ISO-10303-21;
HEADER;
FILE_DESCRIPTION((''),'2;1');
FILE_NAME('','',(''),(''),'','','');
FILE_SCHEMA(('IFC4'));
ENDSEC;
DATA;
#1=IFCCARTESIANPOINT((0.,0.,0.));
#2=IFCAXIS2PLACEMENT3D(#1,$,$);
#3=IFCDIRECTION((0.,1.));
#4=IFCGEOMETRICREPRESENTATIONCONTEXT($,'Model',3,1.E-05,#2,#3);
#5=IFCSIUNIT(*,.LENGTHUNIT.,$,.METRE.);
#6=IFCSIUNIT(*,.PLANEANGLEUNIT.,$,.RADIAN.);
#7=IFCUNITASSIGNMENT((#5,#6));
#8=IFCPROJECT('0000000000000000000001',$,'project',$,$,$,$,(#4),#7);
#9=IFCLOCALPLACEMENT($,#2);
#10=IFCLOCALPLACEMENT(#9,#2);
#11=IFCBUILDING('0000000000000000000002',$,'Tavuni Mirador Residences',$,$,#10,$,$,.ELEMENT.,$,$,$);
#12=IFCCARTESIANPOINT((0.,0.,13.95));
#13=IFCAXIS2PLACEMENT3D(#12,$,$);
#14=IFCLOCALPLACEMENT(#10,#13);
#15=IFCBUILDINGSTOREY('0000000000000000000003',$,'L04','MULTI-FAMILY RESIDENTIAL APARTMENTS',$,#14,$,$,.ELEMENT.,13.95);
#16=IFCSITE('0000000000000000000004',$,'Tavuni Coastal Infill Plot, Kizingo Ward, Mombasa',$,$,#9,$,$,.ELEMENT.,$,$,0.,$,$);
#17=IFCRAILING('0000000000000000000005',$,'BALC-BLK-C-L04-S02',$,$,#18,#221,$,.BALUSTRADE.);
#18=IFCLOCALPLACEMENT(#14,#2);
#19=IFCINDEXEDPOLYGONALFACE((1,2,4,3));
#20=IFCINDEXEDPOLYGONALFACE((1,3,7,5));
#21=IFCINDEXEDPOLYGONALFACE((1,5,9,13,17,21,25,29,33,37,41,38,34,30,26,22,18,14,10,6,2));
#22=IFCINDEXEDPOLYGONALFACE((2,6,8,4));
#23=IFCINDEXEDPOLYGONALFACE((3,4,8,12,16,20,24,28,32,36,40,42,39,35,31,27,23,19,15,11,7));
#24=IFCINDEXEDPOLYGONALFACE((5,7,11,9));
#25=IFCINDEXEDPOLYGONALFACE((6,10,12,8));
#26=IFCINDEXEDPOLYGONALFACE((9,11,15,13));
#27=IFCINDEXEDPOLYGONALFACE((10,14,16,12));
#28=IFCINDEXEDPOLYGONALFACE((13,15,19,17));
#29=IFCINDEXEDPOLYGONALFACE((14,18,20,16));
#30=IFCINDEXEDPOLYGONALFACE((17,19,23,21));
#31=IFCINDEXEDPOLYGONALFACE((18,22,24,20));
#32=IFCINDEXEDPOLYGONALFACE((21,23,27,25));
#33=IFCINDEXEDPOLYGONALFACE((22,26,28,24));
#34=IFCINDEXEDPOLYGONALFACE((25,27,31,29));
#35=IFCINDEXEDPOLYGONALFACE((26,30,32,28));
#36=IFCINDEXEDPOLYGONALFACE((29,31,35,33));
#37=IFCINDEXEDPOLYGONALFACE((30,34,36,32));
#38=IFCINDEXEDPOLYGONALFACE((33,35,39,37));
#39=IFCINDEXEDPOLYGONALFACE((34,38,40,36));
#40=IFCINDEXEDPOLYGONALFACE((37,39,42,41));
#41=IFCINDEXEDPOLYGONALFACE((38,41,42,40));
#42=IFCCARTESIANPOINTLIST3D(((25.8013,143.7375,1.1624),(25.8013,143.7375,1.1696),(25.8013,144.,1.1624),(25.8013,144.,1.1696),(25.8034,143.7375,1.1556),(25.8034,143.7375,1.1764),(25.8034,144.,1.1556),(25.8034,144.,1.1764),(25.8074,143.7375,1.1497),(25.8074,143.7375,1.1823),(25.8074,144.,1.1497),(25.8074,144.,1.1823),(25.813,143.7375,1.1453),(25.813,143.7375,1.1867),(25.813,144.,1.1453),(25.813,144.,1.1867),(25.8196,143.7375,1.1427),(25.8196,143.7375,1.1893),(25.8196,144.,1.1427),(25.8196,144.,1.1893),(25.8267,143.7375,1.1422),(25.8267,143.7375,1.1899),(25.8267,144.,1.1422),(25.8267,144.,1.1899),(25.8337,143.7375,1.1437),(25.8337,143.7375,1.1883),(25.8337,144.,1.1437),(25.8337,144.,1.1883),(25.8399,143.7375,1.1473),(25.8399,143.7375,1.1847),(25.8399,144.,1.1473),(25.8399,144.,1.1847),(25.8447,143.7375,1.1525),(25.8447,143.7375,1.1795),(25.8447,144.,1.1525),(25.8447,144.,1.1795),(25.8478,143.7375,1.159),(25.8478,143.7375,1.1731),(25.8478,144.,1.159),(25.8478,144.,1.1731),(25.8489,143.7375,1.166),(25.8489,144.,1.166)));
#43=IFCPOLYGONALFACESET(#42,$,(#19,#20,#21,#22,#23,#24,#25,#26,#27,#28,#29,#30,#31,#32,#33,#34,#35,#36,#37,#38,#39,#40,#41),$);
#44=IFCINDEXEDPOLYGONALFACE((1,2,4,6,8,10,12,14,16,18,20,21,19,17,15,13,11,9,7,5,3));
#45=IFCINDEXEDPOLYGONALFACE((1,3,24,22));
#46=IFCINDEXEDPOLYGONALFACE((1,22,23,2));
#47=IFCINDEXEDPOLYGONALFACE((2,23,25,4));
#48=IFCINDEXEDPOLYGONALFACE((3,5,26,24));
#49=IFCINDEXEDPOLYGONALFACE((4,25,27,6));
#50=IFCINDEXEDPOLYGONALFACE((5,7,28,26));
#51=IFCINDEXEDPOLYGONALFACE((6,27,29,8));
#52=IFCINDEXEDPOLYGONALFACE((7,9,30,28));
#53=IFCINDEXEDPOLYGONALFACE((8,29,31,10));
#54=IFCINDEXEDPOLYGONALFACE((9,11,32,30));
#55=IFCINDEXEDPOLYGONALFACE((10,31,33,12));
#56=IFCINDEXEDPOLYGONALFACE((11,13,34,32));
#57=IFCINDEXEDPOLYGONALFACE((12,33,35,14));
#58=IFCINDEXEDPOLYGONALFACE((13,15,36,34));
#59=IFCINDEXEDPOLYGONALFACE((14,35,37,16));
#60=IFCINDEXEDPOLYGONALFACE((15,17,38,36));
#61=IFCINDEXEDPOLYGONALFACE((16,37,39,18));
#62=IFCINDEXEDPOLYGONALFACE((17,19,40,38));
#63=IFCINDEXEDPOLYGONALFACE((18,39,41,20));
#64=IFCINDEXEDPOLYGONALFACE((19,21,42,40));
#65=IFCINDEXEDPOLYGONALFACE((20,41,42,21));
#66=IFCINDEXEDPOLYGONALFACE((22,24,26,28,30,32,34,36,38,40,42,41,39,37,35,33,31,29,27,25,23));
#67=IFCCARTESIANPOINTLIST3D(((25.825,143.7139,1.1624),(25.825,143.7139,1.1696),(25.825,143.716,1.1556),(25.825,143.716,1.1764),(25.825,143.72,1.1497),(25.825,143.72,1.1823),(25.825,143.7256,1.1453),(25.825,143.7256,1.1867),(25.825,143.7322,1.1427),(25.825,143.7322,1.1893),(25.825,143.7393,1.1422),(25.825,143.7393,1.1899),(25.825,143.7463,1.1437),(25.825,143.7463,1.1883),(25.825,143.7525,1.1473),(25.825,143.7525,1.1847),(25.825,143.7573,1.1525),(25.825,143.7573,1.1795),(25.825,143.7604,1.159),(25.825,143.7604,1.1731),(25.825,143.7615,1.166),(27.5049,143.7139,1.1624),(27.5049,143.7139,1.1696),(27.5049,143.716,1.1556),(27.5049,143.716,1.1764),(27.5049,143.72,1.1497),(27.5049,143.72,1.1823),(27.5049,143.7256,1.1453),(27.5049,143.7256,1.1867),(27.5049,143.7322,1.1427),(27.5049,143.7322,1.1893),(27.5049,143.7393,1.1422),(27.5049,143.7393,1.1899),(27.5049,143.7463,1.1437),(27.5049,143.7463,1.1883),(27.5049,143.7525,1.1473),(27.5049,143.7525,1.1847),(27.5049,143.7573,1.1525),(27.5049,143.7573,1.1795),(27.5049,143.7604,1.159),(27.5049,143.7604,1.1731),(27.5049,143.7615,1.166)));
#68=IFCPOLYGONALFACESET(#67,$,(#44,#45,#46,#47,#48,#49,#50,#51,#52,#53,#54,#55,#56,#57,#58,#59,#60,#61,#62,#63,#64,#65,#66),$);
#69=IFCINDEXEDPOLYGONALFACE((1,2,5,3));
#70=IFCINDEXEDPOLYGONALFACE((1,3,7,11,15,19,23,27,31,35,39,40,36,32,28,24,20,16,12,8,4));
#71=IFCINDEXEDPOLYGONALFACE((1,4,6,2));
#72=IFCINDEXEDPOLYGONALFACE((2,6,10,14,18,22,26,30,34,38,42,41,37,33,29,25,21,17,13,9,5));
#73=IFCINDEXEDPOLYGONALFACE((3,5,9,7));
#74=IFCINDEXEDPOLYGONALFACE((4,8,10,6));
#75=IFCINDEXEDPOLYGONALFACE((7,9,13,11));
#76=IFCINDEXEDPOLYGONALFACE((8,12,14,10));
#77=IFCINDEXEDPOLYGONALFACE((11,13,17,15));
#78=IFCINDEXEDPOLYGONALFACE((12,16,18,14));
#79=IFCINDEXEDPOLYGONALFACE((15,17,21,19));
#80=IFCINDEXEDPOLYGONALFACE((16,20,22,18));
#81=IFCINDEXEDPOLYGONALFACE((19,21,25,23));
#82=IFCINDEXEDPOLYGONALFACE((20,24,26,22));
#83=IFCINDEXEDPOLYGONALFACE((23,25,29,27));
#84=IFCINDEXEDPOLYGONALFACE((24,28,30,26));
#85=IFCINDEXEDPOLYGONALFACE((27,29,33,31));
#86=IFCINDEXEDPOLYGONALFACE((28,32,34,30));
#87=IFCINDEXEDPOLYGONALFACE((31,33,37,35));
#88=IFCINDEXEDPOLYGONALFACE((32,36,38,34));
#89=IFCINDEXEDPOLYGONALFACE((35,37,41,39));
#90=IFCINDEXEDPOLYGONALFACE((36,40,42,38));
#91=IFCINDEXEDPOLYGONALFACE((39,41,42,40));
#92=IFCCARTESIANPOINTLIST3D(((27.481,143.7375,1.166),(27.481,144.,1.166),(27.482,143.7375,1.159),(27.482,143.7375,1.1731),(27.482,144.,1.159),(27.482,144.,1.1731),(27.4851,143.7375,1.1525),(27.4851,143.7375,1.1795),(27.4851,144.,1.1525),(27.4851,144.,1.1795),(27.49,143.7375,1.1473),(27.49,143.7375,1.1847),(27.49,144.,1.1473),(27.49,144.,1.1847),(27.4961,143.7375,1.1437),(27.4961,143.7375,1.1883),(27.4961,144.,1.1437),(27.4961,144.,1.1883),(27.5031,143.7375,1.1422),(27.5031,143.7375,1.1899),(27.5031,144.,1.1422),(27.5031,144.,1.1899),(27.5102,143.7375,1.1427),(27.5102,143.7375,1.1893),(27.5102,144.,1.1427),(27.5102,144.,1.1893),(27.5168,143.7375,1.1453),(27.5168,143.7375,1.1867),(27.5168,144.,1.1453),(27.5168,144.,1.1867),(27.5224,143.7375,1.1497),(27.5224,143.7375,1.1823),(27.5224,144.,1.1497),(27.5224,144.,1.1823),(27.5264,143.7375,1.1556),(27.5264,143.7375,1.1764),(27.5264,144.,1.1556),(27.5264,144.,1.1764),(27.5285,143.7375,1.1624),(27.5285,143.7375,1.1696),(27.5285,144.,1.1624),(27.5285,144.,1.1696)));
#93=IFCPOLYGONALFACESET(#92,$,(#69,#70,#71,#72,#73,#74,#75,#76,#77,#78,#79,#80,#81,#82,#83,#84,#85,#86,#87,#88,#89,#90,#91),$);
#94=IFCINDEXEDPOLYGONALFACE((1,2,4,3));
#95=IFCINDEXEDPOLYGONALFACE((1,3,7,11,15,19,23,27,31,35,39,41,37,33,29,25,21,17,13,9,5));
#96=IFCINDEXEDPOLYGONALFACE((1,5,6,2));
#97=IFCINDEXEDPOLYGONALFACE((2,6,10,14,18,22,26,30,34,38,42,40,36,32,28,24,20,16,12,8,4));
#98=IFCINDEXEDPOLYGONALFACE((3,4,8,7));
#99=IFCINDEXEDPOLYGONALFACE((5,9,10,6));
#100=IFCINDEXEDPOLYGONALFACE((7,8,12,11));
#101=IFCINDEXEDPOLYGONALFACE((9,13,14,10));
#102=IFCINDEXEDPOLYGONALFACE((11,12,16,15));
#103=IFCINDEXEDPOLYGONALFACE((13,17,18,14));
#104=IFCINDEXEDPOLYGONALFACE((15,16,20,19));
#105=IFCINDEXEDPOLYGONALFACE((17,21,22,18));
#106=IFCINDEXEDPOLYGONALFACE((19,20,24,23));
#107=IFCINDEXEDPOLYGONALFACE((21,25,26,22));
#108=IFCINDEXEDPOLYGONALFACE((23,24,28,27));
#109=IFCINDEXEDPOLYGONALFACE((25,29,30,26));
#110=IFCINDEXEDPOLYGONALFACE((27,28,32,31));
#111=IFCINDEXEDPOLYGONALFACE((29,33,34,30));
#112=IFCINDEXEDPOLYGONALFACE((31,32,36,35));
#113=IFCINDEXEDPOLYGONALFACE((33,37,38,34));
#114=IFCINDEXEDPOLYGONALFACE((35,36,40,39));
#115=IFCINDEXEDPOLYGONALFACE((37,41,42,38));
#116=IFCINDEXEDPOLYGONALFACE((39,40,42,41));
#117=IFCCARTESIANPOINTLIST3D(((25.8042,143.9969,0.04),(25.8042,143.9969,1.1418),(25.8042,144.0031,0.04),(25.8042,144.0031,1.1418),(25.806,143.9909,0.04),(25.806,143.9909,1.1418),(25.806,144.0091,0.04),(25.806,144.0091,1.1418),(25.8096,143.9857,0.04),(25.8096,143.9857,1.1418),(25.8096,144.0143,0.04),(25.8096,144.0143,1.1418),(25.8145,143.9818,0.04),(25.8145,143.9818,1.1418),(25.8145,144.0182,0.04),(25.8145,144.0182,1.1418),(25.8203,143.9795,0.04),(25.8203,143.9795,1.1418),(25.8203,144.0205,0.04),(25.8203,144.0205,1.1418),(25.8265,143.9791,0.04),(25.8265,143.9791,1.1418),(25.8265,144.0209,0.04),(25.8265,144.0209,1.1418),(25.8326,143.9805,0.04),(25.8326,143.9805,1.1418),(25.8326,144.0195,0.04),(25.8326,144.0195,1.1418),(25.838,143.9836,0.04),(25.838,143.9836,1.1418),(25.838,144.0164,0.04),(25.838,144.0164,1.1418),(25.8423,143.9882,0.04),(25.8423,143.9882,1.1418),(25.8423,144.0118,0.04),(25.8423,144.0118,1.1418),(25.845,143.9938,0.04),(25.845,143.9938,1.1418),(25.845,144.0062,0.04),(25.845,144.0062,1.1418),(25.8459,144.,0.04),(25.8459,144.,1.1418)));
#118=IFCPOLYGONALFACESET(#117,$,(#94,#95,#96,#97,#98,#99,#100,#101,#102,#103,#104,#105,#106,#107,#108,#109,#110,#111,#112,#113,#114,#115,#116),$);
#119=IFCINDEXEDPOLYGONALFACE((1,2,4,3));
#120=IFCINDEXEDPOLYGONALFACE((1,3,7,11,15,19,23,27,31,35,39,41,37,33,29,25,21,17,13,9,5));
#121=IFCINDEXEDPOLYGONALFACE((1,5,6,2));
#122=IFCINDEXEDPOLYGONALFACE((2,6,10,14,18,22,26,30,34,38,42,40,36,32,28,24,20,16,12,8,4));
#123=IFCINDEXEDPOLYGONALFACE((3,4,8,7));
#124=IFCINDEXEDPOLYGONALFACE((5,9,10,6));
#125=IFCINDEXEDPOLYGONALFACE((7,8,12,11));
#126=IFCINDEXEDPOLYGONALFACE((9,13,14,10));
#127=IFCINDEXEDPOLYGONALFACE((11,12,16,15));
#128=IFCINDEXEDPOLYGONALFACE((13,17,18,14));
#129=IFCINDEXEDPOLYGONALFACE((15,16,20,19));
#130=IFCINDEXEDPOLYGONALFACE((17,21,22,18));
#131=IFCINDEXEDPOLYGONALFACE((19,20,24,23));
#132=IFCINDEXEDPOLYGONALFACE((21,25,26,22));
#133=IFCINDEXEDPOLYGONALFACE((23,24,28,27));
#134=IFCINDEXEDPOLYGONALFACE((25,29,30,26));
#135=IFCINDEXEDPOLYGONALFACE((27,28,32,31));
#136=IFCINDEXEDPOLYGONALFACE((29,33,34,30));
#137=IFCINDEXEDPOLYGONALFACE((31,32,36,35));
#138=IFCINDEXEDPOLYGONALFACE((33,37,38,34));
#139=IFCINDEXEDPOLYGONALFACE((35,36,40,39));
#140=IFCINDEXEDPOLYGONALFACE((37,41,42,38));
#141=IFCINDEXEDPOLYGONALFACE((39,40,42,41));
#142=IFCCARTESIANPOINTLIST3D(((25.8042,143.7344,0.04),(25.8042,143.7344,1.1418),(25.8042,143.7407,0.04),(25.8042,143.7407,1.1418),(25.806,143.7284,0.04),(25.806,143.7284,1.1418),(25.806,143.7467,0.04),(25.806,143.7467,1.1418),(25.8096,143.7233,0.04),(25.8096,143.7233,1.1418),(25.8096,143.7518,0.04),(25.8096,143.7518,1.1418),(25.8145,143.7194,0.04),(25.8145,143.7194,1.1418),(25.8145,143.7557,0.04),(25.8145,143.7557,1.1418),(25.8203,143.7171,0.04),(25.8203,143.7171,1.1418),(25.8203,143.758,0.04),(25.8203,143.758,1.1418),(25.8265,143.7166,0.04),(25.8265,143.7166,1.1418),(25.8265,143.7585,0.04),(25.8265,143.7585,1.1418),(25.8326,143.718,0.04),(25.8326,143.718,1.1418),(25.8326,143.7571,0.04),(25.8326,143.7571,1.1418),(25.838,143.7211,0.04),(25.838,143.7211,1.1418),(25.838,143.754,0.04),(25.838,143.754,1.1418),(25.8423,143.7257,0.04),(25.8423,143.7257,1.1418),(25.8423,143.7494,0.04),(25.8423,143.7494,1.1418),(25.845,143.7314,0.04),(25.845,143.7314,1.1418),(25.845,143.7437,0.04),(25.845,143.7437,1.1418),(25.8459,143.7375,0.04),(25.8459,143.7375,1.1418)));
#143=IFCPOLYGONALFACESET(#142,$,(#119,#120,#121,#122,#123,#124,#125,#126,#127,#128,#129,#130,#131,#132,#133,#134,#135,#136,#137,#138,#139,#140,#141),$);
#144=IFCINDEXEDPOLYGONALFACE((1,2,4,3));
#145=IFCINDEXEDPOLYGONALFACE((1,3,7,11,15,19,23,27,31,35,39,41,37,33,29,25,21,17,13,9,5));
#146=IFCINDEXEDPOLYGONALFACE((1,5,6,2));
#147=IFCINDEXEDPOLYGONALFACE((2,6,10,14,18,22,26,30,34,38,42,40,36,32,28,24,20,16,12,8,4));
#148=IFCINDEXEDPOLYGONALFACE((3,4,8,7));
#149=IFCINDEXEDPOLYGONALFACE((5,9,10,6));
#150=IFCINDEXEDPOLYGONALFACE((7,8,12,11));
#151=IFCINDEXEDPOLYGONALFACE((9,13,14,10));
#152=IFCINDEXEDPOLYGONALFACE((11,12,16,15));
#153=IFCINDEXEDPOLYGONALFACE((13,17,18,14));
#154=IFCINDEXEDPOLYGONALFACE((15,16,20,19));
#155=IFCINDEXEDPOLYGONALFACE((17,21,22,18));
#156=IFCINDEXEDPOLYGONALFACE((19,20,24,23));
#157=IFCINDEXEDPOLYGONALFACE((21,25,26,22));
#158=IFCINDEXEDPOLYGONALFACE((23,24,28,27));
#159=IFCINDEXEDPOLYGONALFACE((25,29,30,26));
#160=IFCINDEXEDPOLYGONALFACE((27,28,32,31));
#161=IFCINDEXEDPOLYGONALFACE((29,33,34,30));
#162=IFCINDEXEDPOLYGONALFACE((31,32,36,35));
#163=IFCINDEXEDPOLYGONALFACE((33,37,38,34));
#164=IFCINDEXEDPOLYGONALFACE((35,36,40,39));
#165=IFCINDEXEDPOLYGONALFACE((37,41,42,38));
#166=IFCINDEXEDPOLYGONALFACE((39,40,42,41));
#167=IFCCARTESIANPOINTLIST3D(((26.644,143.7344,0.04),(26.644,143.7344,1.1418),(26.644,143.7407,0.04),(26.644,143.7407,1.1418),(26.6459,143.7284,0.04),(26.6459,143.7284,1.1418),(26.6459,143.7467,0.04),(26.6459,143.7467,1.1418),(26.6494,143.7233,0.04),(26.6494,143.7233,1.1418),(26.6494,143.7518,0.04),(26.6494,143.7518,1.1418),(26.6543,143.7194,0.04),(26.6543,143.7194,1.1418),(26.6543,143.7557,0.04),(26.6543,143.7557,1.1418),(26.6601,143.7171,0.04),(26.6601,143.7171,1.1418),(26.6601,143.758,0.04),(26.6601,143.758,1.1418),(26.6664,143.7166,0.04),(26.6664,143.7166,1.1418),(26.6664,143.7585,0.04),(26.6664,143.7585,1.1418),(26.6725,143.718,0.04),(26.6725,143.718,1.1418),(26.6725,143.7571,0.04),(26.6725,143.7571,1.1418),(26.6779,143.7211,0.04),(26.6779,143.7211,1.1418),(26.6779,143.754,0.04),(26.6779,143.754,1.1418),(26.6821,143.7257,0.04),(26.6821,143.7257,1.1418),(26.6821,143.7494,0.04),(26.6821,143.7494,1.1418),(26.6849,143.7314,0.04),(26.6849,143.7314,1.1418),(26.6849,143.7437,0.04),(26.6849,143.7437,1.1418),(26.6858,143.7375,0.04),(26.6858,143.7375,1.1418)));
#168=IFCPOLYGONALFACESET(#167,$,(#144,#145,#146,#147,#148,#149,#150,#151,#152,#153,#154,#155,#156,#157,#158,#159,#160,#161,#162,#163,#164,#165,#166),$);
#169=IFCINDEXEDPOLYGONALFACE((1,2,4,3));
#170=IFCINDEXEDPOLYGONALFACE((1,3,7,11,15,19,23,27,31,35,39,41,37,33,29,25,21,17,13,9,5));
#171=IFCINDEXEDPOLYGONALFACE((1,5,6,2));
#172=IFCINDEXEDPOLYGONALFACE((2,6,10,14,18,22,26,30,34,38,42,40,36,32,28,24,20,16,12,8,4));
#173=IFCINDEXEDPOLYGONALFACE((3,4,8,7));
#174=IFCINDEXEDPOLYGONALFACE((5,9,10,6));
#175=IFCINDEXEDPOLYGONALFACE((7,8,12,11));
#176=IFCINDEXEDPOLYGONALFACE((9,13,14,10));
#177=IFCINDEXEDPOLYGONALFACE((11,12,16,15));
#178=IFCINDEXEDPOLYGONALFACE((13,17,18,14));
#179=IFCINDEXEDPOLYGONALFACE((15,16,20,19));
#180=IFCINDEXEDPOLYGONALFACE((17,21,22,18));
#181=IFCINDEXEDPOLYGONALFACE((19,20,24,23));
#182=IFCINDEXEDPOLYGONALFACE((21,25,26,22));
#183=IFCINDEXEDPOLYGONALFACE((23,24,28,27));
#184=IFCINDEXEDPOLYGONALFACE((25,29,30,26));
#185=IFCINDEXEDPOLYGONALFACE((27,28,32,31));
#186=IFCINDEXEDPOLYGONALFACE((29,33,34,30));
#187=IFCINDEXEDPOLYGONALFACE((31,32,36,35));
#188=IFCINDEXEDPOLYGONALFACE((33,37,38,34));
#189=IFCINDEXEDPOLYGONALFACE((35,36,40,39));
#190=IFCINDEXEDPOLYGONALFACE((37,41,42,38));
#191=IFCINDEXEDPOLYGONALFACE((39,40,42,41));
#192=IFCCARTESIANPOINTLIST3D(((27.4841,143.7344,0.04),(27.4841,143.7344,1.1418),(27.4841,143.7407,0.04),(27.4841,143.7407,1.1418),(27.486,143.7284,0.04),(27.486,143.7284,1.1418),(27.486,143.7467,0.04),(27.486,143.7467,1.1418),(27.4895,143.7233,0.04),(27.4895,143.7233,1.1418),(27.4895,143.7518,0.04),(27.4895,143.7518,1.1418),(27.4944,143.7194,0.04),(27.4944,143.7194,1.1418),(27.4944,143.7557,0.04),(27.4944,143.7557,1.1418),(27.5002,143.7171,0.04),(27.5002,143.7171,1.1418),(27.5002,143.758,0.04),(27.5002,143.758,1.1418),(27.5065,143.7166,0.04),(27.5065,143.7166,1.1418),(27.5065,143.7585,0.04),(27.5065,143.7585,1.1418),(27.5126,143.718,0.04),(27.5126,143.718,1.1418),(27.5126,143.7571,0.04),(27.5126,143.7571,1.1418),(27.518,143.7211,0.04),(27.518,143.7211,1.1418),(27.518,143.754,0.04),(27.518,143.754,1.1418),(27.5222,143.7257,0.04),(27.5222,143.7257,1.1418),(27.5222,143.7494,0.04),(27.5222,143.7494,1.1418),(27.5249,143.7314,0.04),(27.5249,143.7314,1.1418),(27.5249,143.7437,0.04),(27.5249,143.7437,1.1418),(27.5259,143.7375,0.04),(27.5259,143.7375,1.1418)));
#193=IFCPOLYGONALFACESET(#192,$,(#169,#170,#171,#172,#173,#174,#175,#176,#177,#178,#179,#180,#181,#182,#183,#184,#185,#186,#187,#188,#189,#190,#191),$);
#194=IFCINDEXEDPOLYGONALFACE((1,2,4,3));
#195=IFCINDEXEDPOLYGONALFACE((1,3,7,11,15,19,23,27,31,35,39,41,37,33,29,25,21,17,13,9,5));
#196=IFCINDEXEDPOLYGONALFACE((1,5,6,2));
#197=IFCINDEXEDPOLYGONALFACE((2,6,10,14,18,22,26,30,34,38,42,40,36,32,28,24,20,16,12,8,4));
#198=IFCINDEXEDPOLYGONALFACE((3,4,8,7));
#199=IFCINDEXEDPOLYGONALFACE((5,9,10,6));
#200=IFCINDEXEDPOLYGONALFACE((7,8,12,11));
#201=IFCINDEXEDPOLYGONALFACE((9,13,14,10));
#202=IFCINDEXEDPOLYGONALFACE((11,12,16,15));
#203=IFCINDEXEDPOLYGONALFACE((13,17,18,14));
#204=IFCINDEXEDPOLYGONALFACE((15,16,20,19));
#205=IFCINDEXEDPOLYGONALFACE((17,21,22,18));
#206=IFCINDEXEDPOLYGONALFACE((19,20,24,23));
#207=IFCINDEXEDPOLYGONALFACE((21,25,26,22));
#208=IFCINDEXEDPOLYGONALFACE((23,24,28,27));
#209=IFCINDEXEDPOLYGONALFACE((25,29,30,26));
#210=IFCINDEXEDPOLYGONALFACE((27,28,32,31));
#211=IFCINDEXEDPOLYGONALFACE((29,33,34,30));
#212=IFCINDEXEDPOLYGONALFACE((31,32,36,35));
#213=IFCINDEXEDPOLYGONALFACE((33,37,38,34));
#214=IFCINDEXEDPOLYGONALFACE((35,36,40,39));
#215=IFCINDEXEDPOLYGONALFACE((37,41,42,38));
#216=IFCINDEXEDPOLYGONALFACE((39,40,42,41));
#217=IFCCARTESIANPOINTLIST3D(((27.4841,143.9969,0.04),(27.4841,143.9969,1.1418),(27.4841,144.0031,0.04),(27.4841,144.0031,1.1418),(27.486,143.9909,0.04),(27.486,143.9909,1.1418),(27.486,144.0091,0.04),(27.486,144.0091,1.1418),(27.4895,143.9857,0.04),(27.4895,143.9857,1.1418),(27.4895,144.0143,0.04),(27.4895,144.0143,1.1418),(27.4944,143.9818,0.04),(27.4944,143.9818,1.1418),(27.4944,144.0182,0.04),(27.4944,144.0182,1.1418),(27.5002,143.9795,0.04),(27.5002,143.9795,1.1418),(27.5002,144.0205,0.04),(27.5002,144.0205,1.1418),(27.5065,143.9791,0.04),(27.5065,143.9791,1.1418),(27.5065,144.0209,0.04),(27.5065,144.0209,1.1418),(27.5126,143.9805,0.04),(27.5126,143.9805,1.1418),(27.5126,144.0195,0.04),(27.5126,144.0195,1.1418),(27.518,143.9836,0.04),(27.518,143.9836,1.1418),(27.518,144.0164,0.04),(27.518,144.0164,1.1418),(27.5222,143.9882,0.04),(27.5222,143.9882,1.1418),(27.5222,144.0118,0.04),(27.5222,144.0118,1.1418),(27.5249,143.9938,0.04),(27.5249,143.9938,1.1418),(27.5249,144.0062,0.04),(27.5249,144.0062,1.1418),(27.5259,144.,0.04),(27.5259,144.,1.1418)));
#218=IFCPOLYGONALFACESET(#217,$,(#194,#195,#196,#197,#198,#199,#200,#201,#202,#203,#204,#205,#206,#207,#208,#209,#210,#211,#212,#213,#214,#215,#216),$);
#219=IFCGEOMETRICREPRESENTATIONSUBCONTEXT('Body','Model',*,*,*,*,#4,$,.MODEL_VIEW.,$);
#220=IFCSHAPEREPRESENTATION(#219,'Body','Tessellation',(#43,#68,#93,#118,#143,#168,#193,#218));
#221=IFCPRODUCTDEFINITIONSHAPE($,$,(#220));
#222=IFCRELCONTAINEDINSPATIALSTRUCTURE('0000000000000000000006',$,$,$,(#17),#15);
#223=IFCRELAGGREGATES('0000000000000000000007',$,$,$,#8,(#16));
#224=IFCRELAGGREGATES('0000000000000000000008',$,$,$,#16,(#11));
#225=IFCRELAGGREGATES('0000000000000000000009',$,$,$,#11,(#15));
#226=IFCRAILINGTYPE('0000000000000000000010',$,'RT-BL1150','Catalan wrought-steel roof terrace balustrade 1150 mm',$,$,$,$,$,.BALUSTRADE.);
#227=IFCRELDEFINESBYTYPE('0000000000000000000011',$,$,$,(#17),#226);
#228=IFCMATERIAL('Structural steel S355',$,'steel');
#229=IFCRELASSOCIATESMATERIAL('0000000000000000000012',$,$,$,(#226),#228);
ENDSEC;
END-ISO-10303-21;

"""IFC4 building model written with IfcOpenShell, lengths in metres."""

from ifc_helpers import new_model, si_unit, direction, frame, origin, origin_2d, place, context, subcontext, project, spatial, circle, extrude, material, type_object, element, save


model = new_model("IFC4")

# Units and contexts
model_context = context("Model", 3, precision=1e-05, world=origin(), true_north=direction((0.0, 1.0)))
body_context = subcontext(model_context, "Body", "Model", "MODEL_VIEW")
ifc_project = project(units=[si_unit("LENGTHUNIT", "METRE"), si_unit("PLANEANGLEUNIT", "RADIAN")], contexts=[model_context])

# Site, building, storey
site_placement = place(None, origin())
site = spatial("IfcSite", under=ifc_project, at=site_placement, Name="Tavuni Coastal Infill Plot, Kizingo Ward, Mombasa", CompositionType="ELEMENT", RefElevation=0.0)
building_placement = place(site_placement, origin())
building = spatial("IfcBuilding", under=site, at=building_placement, Name="Tavuni Mirador Residences", CompositionType="ELEMENT")
storey_placement = place(building_placement, frame((0.0, 0.0, 13.95)))
storey = spatial("IfcBuildingStorey", under=building, at=storey_placement, Name="L04", Description="MULTI-FAMILY RESIDENTIAL APARTMENTS", CompositionType="ELEMENT", Elevation=13.95)

# Railing
ifc_material_1 = material(Name="Structural steel S355", Category="steel")
railing_type = type_object("IfcRailingType", Name="RT-BL1150", Description="Catalan wrought-steel roof terrace balustrade 1150 mm", PredefinedType="BALUSTRADE", material=ifc_material_1)
railing_placement = place(storey_placement, frame((25.825, 144.0, 0.04)))
element("IfcRailing", 1, at=railing_placement, inside=storey, type_object=railing_type, Name="BALC-BLK-C-L04-S02", PredefinedType="BALUSTRADE", context=body_context, shape_type="SweptSolid", body=[
    extrude(circle(Radius=0.0239, at=origin_2d()), frame((0.0, 0.0, 1.126), z_axis=(0.0, -1.0, 0.0), x_axis=(1.0, 0.0, 0.0)), (0.0, 0.0, 1.0), 0.2625),
    extrude(circle(Radius=0.0239, at=origin_2d()), frame((0.0, -0.2625, 1.126), z_axis=(1.0, 0.0, 0.0), x_axis=(0.0, 1.0, 0.0)), (0.0, 0.0, 1.0), 1.6799),
    extrude(circle(Radius=0.0239, at=origin_2d()), frame((1.6799, -0.2625, 1.126), z_axis=(0.0, 1.0, 0.0), x_axis=(-1.0, 0.0, 0.0)), (0.0, 0.0, 1.0), 0.2625),
    extrude(circle(Radius=0.021, at=origin_2d()), origin(), (0.0, 0.0, 1.0), 1.1018),
    extrude(circle(Radius=0.021, at=origin_2d()), frame((0.0, -0.2625, 0.0)), (0.0, 0.0, 1.0), 1.1018),
    extrude(circle(Radius=0.021, at=origin_2d()), frame((0.8398, -0.2625, 0.0)), (0.0, 0.0, 1.0), 1.1018),
    extrude(circle(Radius=0.021, at=origin_2d()), frame((1.6799, -0.2625, 0.0)), (0.0, 0.0, 1.0), 1.1018),
    extrude(circle(Radius=0.021, at=origin_2d()), frame((1.6799, 0.0, 0.0)), (0.0, 0.0, 1.0), 1.1018),
])

save(model, "model.ifc")
